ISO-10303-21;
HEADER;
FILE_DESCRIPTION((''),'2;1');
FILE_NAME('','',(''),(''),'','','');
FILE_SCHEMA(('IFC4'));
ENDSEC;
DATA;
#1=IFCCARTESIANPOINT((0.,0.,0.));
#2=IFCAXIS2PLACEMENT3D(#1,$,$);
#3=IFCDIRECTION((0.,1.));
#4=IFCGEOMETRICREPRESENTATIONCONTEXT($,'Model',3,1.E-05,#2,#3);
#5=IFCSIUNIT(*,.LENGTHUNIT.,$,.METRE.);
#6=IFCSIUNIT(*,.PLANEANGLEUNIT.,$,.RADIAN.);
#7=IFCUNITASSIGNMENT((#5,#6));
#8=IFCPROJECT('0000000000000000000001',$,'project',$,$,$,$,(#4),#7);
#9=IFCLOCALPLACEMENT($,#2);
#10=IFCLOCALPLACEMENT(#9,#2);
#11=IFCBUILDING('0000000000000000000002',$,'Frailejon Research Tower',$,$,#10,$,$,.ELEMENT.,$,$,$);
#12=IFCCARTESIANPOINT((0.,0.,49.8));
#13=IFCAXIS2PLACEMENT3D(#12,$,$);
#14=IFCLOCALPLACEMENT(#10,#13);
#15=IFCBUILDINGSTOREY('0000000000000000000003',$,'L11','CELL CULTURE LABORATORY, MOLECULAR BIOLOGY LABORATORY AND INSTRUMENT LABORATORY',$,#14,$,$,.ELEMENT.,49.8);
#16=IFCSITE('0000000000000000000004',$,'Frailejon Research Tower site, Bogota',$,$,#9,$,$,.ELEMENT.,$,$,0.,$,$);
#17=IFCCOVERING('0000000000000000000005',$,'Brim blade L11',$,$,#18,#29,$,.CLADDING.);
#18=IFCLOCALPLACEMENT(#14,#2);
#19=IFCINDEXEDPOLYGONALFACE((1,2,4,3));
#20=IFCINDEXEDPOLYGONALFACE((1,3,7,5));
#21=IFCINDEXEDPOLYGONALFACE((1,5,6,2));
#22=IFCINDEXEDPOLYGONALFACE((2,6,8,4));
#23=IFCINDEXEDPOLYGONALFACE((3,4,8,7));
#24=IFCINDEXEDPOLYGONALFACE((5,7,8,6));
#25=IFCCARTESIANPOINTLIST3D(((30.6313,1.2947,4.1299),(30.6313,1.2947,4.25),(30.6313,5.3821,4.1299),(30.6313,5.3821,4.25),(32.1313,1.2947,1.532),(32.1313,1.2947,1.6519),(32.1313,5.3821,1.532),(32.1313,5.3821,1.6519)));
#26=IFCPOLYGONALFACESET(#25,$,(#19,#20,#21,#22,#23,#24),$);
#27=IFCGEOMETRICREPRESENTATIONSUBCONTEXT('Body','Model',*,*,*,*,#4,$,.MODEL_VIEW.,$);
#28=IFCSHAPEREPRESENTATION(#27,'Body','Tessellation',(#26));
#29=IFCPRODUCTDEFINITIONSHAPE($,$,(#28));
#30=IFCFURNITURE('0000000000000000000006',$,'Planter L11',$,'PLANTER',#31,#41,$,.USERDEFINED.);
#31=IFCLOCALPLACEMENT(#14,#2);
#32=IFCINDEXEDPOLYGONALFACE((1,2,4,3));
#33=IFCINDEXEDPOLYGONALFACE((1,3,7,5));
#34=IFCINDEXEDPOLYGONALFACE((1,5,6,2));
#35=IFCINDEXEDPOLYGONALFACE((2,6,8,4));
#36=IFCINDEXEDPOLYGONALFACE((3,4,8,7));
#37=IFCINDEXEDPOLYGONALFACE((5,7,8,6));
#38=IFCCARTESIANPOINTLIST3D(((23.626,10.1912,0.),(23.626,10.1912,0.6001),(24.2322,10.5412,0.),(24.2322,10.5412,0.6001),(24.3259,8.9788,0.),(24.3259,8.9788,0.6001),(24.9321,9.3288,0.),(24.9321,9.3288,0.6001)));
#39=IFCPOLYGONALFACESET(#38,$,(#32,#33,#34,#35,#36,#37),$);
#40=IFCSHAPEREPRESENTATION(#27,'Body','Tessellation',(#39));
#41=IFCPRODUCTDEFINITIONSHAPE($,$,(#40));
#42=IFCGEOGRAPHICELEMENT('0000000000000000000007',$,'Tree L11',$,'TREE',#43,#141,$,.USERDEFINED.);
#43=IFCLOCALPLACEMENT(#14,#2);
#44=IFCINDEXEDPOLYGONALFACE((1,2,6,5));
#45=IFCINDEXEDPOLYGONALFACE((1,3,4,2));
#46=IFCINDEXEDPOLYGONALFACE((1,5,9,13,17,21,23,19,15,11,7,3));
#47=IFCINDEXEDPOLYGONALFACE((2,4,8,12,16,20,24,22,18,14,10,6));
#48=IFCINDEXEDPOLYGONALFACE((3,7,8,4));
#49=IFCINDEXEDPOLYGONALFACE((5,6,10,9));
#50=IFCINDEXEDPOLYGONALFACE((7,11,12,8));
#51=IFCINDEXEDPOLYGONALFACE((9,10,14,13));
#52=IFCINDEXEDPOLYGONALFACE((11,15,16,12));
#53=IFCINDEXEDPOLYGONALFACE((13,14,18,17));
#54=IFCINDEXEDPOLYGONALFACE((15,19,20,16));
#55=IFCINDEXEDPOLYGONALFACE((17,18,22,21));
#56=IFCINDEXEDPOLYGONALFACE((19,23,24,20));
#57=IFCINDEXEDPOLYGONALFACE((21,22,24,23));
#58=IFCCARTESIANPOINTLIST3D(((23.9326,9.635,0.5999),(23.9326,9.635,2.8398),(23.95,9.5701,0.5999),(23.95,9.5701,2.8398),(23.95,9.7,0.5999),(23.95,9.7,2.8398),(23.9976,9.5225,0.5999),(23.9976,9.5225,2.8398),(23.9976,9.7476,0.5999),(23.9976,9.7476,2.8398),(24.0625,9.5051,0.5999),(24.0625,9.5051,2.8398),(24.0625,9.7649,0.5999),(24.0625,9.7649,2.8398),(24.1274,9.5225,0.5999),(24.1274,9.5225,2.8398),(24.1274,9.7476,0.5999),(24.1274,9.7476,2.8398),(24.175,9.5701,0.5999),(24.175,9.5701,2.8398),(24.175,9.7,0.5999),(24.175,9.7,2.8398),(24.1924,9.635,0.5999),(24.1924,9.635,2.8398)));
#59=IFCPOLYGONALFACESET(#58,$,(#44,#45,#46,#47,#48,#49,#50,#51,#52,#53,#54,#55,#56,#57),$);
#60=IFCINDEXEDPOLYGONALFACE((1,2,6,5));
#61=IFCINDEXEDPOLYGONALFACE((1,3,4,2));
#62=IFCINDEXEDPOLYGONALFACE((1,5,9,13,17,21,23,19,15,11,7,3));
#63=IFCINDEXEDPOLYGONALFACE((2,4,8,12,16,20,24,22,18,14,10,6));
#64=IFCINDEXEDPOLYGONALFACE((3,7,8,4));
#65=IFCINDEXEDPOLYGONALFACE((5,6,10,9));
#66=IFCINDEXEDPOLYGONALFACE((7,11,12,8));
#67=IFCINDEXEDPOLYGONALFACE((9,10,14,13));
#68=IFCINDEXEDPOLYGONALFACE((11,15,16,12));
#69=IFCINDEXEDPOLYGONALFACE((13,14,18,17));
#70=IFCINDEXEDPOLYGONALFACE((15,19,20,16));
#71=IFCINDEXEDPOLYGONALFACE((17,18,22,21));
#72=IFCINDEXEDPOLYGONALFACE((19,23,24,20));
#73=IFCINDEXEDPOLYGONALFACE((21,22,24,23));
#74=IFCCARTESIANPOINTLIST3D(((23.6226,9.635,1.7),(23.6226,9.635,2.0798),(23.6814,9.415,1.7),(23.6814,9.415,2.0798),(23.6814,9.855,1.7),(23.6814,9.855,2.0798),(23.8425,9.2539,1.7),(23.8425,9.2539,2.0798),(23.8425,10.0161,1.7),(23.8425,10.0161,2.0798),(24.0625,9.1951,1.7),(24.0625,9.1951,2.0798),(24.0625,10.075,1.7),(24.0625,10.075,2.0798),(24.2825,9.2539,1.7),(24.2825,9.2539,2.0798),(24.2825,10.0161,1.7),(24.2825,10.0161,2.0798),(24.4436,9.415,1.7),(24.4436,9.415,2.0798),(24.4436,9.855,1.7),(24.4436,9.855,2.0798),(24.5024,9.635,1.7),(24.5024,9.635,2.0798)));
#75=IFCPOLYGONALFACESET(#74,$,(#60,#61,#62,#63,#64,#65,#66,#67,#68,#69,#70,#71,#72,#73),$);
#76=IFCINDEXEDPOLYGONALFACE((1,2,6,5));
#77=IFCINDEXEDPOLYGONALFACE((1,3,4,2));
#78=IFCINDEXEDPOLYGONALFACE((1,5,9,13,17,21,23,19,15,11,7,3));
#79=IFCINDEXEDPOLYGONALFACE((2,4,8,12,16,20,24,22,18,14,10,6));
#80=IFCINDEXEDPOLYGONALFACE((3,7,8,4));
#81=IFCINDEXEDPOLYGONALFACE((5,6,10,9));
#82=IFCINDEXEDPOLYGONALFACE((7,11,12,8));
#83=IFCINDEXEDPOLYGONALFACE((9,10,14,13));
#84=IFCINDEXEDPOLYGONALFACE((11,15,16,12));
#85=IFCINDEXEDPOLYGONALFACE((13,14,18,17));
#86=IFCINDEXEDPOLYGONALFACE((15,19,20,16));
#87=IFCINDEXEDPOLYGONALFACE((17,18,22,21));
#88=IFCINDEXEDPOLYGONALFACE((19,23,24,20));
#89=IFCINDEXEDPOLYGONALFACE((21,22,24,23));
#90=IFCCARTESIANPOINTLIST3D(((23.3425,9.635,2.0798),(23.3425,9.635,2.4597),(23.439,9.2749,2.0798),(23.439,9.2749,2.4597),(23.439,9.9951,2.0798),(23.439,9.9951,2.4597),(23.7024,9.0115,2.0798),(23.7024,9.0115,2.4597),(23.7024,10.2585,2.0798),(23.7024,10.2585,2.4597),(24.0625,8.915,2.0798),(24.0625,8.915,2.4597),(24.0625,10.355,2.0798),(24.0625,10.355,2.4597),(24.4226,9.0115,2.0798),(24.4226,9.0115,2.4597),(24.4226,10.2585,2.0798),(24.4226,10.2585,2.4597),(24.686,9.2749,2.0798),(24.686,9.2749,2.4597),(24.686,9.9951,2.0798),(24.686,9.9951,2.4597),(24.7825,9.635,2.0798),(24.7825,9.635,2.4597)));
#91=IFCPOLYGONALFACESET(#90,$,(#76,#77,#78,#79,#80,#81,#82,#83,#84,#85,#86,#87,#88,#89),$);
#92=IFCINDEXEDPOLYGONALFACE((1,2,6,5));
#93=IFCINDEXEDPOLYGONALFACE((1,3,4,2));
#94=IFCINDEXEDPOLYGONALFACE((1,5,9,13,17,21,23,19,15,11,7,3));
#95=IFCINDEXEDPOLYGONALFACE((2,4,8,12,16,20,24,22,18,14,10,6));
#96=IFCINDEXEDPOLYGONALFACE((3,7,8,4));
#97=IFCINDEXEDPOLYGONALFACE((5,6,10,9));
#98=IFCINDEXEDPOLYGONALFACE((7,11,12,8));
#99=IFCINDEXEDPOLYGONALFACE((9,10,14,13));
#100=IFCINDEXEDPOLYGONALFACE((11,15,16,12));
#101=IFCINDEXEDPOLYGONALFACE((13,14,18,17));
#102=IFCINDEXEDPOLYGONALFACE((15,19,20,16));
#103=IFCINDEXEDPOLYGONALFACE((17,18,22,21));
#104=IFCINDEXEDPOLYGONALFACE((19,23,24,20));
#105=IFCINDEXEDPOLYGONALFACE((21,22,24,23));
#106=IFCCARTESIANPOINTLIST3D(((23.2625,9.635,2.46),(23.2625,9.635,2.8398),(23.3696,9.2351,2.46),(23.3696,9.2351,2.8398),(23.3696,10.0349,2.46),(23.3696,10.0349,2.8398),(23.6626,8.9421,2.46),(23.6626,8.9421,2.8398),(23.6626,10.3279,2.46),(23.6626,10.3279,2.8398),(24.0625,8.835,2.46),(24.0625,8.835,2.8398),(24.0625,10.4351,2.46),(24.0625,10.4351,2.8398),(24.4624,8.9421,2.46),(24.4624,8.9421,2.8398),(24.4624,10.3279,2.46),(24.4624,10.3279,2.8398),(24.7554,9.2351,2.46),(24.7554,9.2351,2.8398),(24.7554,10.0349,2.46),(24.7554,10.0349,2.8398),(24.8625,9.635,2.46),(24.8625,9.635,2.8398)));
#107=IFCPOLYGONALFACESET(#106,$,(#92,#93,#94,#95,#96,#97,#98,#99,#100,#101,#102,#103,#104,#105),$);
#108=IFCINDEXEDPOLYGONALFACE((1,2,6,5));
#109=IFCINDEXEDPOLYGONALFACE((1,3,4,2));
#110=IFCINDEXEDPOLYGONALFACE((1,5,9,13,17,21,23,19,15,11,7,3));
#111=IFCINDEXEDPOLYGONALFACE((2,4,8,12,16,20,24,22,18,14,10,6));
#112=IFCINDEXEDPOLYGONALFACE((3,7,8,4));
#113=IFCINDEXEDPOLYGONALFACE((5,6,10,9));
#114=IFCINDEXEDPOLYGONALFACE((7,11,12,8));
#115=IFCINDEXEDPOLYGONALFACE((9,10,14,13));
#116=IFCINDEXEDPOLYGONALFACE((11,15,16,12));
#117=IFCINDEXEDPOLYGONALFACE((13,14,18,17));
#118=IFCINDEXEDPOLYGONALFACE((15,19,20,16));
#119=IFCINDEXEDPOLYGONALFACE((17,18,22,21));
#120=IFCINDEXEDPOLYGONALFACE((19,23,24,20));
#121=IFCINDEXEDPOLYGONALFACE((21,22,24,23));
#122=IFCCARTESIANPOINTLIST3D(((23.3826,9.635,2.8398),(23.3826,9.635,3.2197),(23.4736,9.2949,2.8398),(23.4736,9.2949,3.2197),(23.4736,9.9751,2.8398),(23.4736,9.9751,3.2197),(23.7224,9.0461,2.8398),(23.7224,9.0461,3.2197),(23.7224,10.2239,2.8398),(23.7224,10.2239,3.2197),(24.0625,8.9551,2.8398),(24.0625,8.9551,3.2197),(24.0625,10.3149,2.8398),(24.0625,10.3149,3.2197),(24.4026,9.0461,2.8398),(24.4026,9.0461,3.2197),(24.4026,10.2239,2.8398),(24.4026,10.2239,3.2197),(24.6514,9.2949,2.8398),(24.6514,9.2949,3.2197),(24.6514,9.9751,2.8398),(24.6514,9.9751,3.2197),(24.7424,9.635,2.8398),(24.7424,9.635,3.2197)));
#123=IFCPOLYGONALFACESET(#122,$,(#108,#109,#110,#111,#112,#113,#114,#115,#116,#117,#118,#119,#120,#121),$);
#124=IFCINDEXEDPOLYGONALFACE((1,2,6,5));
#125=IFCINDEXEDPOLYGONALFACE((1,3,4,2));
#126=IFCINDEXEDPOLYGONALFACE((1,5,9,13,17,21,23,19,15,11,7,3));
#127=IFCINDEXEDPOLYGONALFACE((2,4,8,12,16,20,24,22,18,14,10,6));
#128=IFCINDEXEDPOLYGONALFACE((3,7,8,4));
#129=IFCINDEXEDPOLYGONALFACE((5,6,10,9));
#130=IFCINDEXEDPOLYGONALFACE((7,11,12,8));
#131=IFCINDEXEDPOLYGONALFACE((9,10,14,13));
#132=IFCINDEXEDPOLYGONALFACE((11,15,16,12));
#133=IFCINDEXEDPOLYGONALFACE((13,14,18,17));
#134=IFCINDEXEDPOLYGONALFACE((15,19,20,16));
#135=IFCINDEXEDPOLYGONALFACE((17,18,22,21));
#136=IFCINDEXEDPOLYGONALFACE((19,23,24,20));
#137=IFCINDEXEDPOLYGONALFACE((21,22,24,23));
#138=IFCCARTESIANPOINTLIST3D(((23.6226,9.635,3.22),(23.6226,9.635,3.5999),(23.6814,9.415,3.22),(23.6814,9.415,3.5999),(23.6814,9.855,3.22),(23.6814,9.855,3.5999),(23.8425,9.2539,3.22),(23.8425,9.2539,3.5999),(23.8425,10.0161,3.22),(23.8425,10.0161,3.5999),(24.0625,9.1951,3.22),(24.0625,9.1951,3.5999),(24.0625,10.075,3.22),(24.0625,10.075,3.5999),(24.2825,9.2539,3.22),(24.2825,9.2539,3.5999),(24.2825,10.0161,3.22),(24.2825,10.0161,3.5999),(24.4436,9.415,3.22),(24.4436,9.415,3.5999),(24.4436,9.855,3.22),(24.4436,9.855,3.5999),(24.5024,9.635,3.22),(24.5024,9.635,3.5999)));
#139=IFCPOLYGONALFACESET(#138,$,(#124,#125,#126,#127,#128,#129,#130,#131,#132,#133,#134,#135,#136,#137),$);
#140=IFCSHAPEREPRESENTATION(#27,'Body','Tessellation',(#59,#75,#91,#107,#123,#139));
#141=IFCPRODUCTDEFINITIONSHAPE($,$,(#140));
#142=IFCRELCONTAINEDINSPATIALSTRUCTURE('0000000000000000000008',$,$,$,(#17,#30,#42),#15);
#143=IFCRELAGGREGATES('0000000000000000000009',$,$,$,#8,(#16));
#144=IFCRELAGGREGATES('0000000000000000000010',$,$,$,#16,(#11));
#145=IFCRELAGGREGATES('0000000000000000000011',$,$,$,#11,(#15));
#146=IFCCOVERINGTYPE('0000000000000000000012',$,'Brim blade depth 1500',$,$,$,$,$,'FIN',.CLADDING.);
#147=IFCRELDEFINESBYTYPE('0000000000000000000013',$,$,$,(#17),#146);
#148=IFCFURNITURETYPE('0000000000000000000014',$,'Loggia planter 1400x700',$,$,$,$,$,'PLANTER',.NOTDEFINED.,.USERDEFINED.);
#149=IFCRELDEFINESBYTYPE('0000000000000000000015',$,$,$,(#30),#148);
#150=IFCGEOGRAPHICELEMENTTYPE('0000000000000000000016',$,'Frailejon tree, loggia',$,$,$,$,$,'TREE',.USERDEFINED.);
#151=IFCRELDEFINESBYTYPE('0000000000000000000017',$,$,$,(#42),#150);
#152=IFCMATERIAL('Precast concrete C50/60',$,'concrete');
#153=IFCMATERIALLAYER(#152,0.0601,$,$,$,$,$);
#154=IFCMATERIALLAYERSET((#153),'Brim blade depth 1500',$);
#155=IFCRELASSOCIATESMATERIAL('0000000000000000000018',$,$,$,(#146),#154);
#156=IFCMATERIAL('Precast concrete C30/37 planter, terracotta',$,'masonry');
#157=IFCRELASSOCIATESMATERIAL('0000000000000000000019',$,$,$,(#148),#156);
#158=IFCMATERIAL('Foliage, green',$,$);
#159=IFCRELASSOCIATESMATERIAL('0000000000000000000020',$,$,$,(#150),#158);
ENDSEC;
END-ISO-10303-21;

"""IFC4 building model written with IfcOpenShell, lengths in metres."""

from ifc_helpers import new_model, si_unit, direction, frame, origin, origin_2d, place, context, subcontext, project, spatial, polyline, rectangle, outline, extrude, material, layer, layer_set, type_object, element, save


model = new_model("IFC4")

# Units and contexts
model_context = context("Model", 3, precision=1e-05, world=origin(), true_north=direction((0.0, 1.0)))
body_context = subcontext(model_context, "Body", "Model", "MODEL_VIEW")
ifc_project = project(units=[si_unit("LENGTHUNIT", "METRE"), si_unit("PLANEANGLEUNIT", "RADIAN")], contexts=[model_context])

# Site, building, storey
site_placement = place(None, origin())
site = spatial("IfcSite", under=ifc_project, at=site_placement, Name="Frailejon Research Tower site, Bogota", CompositionType="ELEMENT", RefElevation=0.0)
building_placement = place(site_placement, origin())
building = spatial("IfcBuilding", under=site, at=building_placement, Name="Frailejon Research Tower", CompositionType="ELEMENT")
storey_placement = place(building_placement, frame((0.0, 0.0, 49.8)))
storey = spatial("IfcBuildingStorey", under=building, at=storey_placement, Name="L11", Description="CELL CULTURE LABORATORY, MOLECULAR BIOLOGY LABORATORY AND INSTRUMENT LABORATORY", CompositionType="ELEMENT", Elevation=49.8)

# Covering
ifc_material_1 = material(Name="Precast concrete C50/60", Category="concrete")
ifc_layer_1 = layer(ifc_material_1, 0.0601)
ifc_layer_set_1 = layer_set([ifc_layer_1], Name="Brim blade depth 1500")
covering_type_1 = type_object("IfcCoveringType", Name="Brim blade depth 1500", ElementType="FIN", PredefinedType="CLADDING", material=ifc_layer_set_1)
covering_1_placement = place(storey_placement, frame((30.6313, 5.3821, 4.25), z_axis=(0.0, -1.0, 0.0), x_axis=(1.0, 0.0, 0.0)))
element("IfcCovering", 1, at=covering_1_placement, inside=storey, type_object=covering_type_1, Name="Brim blade L11", PredefinedType="CLADDING", context=body_context, shape_type="SweptSolid", body=[
    extrude(outline(polyline([(0.0, -0.1201), (1.5, -2.718), (1.5, -2.5981), (0.0, 0.0), (0.0, -0.1201)])), origin(), (0.0, 0.0, 1.0), 4.0874),
])

# Furniture
ifc_material_2 = material(Name="Precast concrete C30/37 planter, terracotta", Category="masonry")
furniture_type = type_object("IfcFurnitureType", Name="Loggia planter 1400x700", ElementType="PLANTER", AssemblyPlace="NOTDEFINED", PredefinedType="USERDEFINED", material=ifc_material_2)
furniture_placement = place(storey_placement, frame((24.2791, 9.76, 0.0), z_axis=(0.0, 0.0, 1.0), x_axis=(-0.5, 0.866025, 0.0)))
element("IfcFurniture", 2, at=furniture_placement, inside=storey, type_object=furniture_type, Name="Planter L11", ObjectType="PLANTER", PredefinedType="USERDEFINED", context=body_context, shape_type="SweptSolid", body=[
    extrude(rectangle(XDim=1.3999, YDim=0.7, at=origin_2d()), origin(), (0.0, 0.0, 1.0), 0.6001),
])

# Geographic element
ifc_material_3 = material(Name="Foliage, green")
geographic_element_type = type_object("IfcGeographicElementType", Name="Frailejon tree, loggia", ElementType="TREE", PredefinedType="USERDEFINED", material=ifc_material_3)
geographic_element_placement = place(storey_placement, frame((24.0625, 9.635, 0.5999)))
element("IfcGeographicElement", 3, at=geographic_element_placement, inside=storey, type_object=geographic_element_type, Name="Tree L11", ObjectType="TREE", PredefinedType="USERDEFINED", context=body_context, shape_type="SweptSolid", body=[
    extrude(outline(polyline([(0.1299, 0.0), (0.1125, 0.0649), (0.0649, 0.1125), (0.0, 0.1299), (-0.0649, 0.1125), (-0.1125, 0.0649), (-0.1299, 0.0), (-0.1125, -0.0649), (-0.0649, -0.1125), (0.0, -0.1299), (0.0649, -0.1125), (0.1125, -0.0649), (0.1299, 0.0)])), origin(), (0.0, 0.0, 1.0), 2.24),
    extrude(outline(polyline([(0.4399, 0.0), (0.3811, 0.22), (0.22, 0.3811), (0.0, 0.4399), (-0.22, 0.3811), (-0.3811, 0.22), (-0.4399, 0.0), (-0.3811, -0.22), (-0.22, -0.3811), (0.0, -0.4399), (0.22, -0.3811), (0.3811, -0.22), (0.4399, 0.0)])), frame((0.0, 0.0, 1.1001)), (0.0, 0.0, 1.0), 0.3799),
    extrude(outline(polyline([(0.72, 0.0), (0.6235, 0.3601), (0.3601, 0.6235), (0.0, 0.72), (-0.3601, 0.6235), (-0.6235, 0.3601), (-0.72, 0.0), (-0.6235, -0.3601), (-0.3601, -0.6235), (0.0, -0.72), (0.3601, -0.6235), (0.6235, -0.3601), (0.72, 0.0)])), frame((0.0, 0.0, 1.48)), (0.0, 0.0, 1.0), 0.3799),
    extrude(outline(polyline([(0.8, 0.0), (0.6929, 0.3999), (0.3999, 0.6929), (0.0, 0.8), (-0.3999, 0.6929), (-0.6929, 0.3999), (-0.8, 0.0), (-0.6929, -0.3999), (-0.3999, -0.6929), (0.0, -0.8), (0.3999, -0.6929), (0.6929, -0.3999), (0.8, 0.0)])), frame((0.0, 0.0, 1.8601)), (0.0, 0.0, 1.0), 0.3799),
    extrude(outline(polyline([(0.6799, 0.0), (0.5889, 0.3401), (0.3401, 0.5889), (0.0, 0.6799), (-0.3401, 0.5889), (-0.5889, 0.3401), (-0.6799, 0.0), (-0.5889, -0.3401), (-0.3401, -0.5889), (0.0, -0.6799), (0.3401, -0.5889), (0.5889, -0.3401), (0.6799, 0.0)])), frame((0.0, 0.0, 2.24)), (0.0, 0.0, 1.0), 0.3799),
    extrude(outline(polyline([(0.4399, 0.0), (0.3811, 0.22), (0.22, 0.3811), (0.0, 0.4399), (-0.22, 0.3811), (-0.3811, 0.22), (-0.4399, 0.0), (-0.3811, -0.22), (-0.22, -0.3811), (0.0, -0.4399), (0.22, -0.3811), (0.3811, -0.22), (0.4399, 0.0)])), frame((0.0, 0.0, 2.6201)), (0.0, 0.0, 1.0), 0.3799),
])

save(model, "model.ifc")
